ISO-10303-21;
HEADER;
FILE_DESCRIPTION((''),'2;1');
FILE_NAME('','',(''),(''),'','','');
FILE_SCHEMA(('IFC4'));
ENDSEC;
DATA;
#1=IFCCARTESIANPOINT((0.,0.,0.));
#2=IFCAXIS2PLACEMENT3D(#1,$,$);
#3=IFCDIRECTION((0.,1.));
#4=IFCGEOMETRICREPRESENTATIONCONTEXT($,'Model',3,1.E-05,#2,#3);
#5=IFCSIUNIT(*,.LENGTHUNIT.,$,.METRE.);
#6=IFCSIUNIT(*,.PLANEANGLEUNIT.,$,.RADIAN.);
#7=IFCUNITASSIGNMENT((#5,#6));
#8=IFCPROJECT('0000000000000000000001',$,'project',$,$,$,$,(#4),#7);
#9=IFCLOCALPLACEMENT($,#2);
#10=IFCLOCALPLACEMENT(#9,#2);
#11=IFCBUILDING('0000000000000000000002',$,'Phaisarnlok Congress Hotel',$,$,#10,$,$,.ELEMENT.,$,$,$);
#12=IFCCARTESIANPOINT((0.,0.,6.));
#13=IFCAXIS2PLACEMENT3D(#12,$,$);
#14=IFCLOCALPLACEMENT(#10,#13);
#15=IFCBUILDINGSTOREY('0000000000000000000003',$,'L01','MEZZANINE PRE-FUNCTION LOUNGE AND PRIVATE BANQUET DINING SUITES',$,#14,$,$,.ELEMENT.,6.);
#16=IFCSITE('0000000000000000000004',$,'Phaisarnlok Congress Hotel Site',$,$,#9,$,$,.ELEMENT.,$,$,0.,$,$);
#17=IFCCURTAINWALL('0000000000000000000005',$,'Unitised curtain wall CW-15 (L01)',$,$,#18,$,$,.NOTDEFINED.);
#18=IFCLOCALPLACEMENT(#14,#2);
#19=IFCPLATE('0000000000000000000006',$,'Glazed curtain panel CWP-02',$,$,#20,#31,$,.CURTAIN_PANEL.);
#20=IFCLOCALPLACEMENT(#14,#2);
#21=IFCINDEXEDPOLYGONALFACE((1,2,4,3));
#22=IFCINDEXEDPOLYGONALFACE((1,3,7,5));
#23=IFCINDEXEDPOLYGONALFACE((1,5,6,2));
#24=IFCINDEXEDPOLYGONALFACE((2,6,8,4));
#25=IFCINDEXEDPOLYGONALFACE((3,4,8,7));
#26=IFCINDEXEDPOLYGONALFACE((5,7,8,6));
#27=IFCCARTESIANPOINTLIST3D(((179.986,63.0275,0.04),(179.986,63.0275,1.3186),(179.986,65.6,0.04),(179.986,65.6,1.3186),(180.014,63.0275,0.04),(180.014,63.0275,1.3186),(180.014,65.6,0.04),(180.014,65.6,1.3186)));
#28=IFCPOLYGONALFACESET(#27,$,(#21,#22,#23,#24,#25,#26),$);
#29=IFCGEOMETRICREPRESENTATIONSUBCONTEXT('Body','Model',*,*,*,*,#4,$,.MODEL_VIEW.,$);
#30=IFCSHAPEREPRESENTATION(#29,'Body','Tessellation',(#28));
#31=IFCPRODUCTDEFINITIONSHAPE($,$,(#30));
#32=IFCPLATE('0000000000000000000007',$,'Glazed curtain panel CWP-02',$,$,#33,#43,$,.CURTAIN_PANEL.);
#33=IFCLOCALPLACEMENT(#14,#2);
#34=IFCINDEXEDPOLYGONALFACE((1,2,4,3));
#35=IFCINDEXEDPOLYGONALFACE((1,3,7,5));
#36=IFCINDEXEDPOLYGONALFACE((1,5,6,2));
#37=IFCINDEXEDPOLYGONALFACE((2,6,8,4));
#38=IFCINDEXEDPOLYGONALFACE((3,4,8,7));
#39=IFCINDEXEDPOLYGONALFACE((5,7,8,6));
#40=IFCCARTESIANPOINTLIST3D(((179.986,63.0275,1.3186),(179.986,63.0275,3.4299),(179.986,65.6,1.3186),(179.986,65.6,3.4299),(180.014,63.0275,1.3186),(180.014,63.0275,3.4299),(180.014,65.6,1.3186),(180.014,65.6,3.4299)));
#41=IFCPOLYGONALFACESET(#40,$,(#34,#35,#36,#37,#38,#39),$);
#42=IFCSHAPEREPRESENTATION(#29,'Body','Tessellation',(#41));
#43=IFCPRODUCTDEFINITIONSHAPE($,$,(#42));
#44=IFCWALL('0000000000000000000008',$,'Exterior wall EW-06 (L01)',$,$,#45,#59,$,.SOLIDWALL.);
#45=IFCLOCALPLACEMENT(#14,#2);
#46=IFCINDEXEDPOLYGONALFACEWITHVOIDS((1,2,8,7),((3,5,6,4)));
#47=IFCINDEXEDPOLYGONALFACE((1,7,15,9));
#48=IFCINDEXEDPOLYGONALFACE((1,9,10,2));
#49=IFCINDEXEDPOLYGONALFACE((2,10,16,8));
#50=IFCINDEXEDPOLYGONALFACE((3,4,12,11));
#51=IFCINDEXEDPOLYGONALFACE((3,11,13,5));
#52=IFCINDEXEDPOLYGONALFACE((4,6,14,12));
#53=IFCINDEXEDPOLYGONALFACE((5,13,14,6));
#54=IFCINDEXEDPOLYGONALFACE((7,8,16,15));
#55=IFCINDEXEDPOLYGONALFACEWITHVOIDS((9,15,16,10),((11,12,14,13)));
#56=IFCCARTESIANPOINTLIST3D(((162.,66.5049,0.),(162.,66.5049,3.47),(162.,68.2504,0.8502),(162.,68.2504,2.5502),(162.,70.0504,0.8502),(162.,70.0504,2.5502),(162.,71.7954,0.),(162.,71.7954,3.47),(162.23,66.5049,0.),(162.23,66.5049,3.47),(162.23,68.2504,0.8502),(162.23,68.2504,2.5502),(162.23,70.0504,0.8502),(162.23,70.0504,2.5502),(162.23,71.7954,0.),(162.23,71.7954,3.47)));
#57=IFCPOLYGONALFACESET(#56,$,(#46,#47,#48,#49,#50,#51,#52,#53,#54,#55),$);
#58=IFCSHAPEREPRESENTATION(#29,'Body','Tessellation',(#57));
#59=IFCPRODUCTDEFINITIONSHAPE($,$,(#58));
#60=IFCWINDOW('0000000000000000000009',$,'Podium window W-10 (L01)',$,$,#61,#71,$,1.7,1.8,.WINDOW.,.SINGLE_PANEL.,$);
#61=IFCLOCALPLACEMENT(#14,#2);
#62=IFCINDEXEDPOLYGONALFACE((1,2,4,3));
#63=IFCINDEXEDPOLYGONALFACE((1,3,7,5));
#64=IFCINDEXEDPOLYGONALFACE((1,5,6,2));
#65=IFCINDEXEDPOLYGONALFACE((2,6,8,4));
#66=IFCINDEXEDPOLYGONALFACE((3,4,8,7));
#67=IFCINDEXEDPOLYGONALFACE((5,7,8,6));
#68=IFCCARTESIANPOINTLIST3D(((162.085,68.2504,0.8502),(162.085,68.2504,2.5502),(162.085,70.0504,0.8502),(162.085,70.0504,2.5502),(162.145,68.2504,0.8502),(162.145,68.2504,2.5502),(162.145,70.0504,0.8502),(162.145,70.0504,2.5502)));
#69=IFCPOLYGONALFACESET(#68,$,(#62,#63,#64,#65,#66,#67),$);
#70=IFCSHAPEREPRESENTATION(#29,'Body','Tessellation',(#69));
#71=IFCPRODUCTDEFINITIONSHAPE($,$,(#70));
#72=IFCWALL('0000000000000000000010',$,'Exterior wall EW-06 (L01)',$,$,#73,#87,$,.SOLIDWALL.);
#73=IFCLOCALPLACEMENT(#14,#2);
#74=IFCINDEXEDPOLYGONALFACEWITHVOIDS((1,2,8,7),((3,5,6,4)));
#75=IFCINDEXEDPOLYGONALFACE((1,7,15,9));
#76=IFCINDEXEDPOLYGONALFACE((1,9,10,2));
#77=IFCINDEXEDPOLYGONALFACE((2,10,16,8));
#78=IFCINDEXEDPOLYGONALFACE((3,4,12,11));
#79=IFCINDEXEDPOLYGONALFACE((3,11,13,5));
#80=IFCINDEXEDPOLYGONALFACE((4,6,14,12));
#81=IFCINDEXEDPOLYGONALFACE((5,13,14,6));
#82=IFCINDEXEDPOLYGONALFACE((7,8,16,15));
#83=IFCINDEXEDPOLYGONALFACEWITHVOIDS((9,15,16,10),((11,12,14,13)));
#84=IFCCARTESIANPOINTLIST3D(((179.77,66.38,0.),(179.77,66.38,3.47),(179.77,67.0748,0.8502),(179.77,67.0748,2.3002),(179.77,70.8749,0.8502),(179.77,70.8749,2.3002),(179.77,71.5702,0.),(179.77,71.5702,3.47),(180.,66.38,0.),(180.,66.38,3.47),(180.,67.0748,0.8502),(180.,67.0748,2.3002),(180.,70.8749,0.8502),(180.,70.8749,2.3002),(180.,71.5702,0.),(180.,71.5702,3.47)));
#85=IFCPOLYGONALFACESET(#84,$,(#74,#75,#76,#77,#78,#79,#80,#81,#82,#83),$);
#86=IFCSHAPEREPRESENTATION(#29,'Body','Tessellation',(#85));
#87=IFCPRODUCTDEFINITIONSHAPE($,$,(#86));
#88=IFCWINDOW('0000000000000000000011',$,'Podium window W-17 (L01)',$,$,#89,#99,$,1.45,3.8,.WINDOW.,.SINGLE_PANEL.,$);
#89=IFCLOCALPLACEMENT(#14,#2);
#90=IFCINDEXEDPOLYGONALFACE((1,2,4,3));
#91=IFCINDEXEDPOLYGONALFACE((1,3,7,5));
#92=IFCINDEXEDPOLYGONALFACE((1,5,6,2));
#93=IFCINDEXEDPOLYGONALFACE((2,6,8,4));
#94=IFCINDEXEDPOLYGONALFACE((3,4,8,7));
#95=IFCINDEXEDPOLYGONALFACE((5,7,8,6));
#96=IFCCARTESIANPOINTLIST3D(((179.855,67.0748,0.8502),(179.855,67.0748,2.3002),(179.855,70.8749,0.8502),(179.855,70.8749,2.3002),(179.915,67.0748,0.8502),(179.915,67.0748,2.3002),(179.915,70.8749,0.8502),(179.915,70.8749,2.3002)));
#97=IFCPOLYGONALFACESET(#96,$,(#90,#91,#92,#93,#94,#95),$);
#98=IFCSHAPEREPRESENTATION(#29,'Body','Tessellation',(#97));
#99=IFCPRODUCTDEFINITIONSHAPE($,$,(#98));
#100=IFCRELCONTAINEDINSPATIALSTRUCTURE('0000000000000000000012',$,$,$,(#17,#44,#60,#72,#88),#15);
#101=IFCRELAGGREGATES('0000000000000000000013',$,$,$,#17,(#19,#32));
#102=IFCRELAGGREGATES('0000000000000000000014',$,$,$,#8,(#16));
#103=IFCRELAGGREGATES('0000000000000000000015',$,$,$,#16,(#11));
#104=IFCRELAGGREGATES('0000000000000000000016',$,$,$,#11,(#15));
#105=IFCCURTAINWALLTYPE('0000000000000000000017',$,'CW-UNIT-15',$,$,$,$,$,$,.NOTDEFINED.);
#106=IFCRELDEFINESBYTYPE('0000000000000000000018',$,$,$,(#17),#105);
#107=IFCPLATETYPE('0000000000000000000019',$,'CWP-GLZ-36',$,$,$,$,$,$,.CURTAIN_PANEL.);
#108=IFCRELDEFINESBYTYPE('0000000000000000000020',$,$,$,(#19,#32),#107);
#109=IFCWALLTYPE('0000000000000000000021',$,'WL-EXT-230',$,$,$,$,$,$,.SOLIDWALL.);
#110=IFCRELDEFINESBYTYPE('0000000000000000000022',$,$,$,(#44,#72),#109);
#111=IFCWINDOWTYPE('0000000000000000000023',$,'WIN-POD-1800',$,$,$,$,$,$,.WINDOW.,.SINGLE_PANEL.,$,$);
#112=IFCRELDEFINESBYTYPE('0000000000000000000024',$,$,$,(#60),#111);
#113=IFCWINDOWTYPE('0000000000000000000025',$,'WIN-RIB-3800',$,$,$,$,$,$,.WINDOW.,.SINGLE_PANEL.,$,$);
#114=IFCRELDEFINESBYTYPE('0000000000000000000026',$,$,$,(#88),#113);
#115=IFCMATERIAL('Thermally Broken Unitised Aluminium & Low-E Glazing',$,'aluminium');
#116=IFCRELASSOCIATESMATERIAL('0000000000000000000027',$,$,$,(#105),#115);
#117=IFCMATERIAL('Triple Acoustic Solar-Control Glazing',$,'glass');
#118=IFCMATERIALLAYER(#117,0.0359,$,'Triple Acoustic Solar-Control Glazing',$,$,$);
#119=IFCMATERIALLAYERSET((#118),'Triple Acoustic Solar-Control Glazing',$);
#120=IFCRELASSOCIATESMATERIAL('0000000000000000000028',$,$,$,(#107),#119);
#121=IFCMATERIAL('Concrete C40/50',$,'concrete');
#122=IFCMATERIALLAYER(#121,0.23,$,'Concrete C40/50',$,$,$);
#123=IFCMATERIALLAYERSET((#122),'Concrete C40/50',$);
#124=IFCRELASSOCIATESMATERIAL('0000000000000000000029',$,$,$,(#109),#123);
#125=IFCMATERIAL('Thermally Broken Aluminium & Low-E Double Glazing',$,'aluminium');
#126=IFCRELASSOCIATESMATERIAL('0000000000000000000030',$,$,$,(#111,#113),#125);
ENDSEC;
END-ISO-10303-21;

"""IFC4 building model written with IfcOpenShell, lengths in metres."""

from ifc_helpers import new_model, si_unit, direction, frame, frame_2d, origin, place, context, subcontext, project, spatial, rectangle, extrude, material, layer, layer_set, type_object, element, fill, aggregate, save


model = new_model("IFC4")

# Units and contexts
model_context = context("Model", 3, precision=1e-05, world=origin(), true_north=direction((0.0, 1.0)))
body_context = subcontext(model_context, "Body", "Model", "MODEL_VIEW")
ifc_project = project(units=[si_unit("LENGTHUNIT", "METRE"), si_unit("PLANEANGLEUNIT", "RADIAN")], contexts=[model_context])

# Site, building, storey
site_placement = place(None, origin())
site = spatial("IfcSite", under=ifc_project, at=site_placement, Name="Phaisarnlok Congress Hotel Site", CompositionType="ELEMENT", RefElevation=0.0)
building_placement = place(site_placement, origin())
building = spatial("IfcBuilding", under=site, at=building_placement, Name="Phaisarnlok Congress Hotel", CompositionType="ELEMENT")
storey_placement = place(building_placement, frame((0.0, 0.0, 6.0)))
storey = spatial("IfcBuildingStorey", under=building, at=storey_placement, Name="L01", Description="MEZZANINE PRE-FUNCTION LOUNGE AND PRIVATE BANQUET DINING SUITES", CompositionType="ELEMENT", Elevation=6.0)

# Shared definitions
ifc_material_1 = material(Name="Concrete C40/50", Category="concrete")

# Curtain wall
ifc_material_2 = material(Name="Thermally Broken Unitised Aluminium & Low-E Glazing", Category="aluminium")
curtain_wall_type_1 = type_object("IfcCurtainWallType", Name="CW-UNIT-15", PredefinedType="NOTDEFINED", material=ifc_material_2)
curtain_wall_1_placement = place(storey_placement, origin())
curtain_wall_1 = element("IfcCurtainWall", 1, at=curtain_wall_1_placement, inside=storey, type_object=curtain_wall_type_1, Name="Unitised curtain wall CW-15 (L01)", PredefinedType="NOTDEFINED")

# Shared definitions
ifc_material_3 = material(Name="Triple Acoustic Solar-Control Glazing", Category="glass")
ifc_layer_1 = layer(ifc_material_3, 0.0359, Name="Triple Acoustic Solar-Control Glazing")
ifc_layer_set_1 = layer_set([ifc_layer_1], Name="Triple Acoustic Solar-Control Glazing")
plate_type = type_object("IfcPlateType", Name="CWP-GLZ-36", PredefinedType="CURTAIN_PANEL", material=ifc_layer_set_1)

# Plates
plate_1_placement = place(storey_placement, frame((180.0, 63.0276, 0.04), z_axis=(0.0, 0.0, 1.0), x_axis=(0.0, 1.0, 0.0)))
plate_1 = element("IfcPlate", 2, at=plate_1_placement, type_object=plate_type, Name="Glazed curtain panel CWP-02", PredefinedType="CURTAIN_PANEL", context=body_context, shape_type="SweptSolid", body=[
    extrude(rectangle(XDim=2.5725, YDim=0.0281, at=frame_2d((1.2861, 0.0))), origin(), (0.0, 0.0, 1.0), 1.2786),
])
plate_2_placement = place(storey_placement, frame((180.0, 63.0276, 1.3186), z_axis=(0.0, 0.0, 1.0), x_axis=(0.0, 1.0, 0.0)))
plate_2 = element("IfcPlate", 3, at=plate_2_placement, type_object=plate_type, Name="Glazed curtain panel CWP-02", PredefinedType="CURTAIN_PANEL", context=body_context, shape_type="SweptSolid", body=[
    extrude(rectangle(XDim=2.5725, YDim=0.0281, at=frame_2d((1.2861, 0.0))), origin(), (0.0, 0.0, 1.0), 2.1113),
])
aggregate(curtain_wall_1, [plate_1, plate_2])

# Walls, openings, windows
ifc_layer_2 = layer(ifc_material_1, 0.23, Name="Concrete C40/50")
ifc_layer_set_2 = layer_set([ifc_layer_2], Name="Concrete C40/50")
wall_type = type_object("IfcWallType", Name="WL-EXT-230", PredefinedType="SOLIDWALL", material=ifc_layer_set_2)
wall_1_placement = place(storey_placement, frame((162.115, 71.7954, 0.0), z_axis=(0.0, 0.0, 1.0), x_axis=(0.0, -1.0, 0.0)))
wall_1 = element("IfcWall", 4, at=wall_1_placement, inside=storey, type_object=wall_type, Name="Exterior wall EW-06 (L01)", PredefinedType="SOLIDWALL", context=body_context, shape_type="SweptSolid", body=[
    extrude(rectangle(XDim=5.2905, YDim=0.23, at=frame_2d((2.6453, 0.0))), origin(), (0.0, 0.0, 1.0), 3.47),
])
opening_1_placement = place(wall_1_placement, frame((1.7451, 0.0, 0.8501)))
opening_1 = element("IfcOpeningElement", 5, at=opening_1_placement, cuts=wall_1, PredefinedType="OPENING", context=body_context, shape_type="SweptSolid", body=[
    extrude(rectangle(XDim=1.8, YDim=1.7, at=frame_2d((0.8999, 0.8501))), frame((0.0, 0.125, 0.0), z_axis=(0.0, -1.0, 0.0), x_axis=(1.0, 0.0, 0.0)), (0.0, 0.0, 1.0), 0.25),
])
ifc_material_4 = material(Name="Thermally Broken Aluminium & Low-E Double Glazing", Category="aluminium")
window_type_1 = type_object("IfcWindowType", Name="WIN-POD-1800", PartitioningType="SINGLE_PANEL", PredefinedType="WINDOW", material=ifc_material_4)
window_1_placement = place(opening_1_placement, origin())
window_1 = element("IfcWindow", 6, at=window_1_placement, inside=storey, type_object=window_type_1, Name="Podium window W-10 (L01)", OverallHeight=1.7, OverallWidth=1.8, PartitioningType="SINGLE_PANEL", PredefinedType="WINDOW", context=body_context, shape_type="SweptSolid", body=[
    extrude(rectangle(XDim=1.8, YDim=1.7, at=frame_2d((0.8999, 0.8501))), frame((0.0, 0.03, 0.0), z_axis=(0.0, -1.0, 0.0), x_axis=(1.0, 0.0, 0.0)), (0.0, 0.0, 1.0), 0.0601),
])
fill(opening_1, window_1)
wall_2_placement = place(storey_placement, frame((179.885, 66.3799, 0.0), z_axis=(0.0, 0.0, 1.0), x_axis=(0.0, 1.0, 0.0)))
wall_2 = element("IfcWall", 7, at=wall_2_placement, inside=storey, type_object=wall_type, Name="Exterior wall EW-06 (L01)", PredefinedType="SOLIDWALL", context=body_context, shape_type="SweptSolid", body=[
    extrude(rectangle(XDim=5.1902, YDim=0.23, at=frame_2d((2.5952, 0.0))), origin(), (0.0, 0.0, 1.0), 3.47),
])
opening_2_placement = place(wall_2_placement, frame((0.6951, 0.0, 0.8501)))
opening_2 = element("IfcOpeningElement", 8, at=opening_2_placement, cuts=wall_2, PredefinedType="OPENING", context=body_context, shape_type="SweptSolid", body=[
    extrude(rectangle(XDim=3.8, YDim=1.45, at=frame_2d((1.8999, 0.7251))), frame((0.0, 0.125, 0.0), z_axis=(0.0, -1.0, 0.0), x_axis=(1.0, 0.0, 0.0)), (0.0, 0.0, 1.0), 0.25),
])
window_type_2 = type_object("IfcWindowType", Name="WIN-RIB-3800", PartitioningType="SINGLE_PANEL", PredefinedType="WINDOW", material=ifc_material_4)
window_2_placement = place(opening_2_placement, origin())
window_2 = element("IfcWindow", 9, at=window_2_placement, inside=storey, type_object=window_type_2, Name="Podium window W-17 (L01)", OverallHeight=1.45, OverallWidth=3.8, PartitioningType="SINGLE_PANEL", PredefinedType="WINDOW", context=body_context, shape_type="SweptSolid", body=[
    extrude(rectangle(XDim=3.8, YDim=1.45, at=frame_2d((1.8999, 0.7251))), frame((0.0, 0.03, 0.0), z_axis=(0.0, -1.0, 0.0), x_axis=(1.0, 0.0, 0.0)), (0.0, 0.0, 1.0), 0.0601),
])
fill(opening_2, window_2)

save(model, "model.ifc")
